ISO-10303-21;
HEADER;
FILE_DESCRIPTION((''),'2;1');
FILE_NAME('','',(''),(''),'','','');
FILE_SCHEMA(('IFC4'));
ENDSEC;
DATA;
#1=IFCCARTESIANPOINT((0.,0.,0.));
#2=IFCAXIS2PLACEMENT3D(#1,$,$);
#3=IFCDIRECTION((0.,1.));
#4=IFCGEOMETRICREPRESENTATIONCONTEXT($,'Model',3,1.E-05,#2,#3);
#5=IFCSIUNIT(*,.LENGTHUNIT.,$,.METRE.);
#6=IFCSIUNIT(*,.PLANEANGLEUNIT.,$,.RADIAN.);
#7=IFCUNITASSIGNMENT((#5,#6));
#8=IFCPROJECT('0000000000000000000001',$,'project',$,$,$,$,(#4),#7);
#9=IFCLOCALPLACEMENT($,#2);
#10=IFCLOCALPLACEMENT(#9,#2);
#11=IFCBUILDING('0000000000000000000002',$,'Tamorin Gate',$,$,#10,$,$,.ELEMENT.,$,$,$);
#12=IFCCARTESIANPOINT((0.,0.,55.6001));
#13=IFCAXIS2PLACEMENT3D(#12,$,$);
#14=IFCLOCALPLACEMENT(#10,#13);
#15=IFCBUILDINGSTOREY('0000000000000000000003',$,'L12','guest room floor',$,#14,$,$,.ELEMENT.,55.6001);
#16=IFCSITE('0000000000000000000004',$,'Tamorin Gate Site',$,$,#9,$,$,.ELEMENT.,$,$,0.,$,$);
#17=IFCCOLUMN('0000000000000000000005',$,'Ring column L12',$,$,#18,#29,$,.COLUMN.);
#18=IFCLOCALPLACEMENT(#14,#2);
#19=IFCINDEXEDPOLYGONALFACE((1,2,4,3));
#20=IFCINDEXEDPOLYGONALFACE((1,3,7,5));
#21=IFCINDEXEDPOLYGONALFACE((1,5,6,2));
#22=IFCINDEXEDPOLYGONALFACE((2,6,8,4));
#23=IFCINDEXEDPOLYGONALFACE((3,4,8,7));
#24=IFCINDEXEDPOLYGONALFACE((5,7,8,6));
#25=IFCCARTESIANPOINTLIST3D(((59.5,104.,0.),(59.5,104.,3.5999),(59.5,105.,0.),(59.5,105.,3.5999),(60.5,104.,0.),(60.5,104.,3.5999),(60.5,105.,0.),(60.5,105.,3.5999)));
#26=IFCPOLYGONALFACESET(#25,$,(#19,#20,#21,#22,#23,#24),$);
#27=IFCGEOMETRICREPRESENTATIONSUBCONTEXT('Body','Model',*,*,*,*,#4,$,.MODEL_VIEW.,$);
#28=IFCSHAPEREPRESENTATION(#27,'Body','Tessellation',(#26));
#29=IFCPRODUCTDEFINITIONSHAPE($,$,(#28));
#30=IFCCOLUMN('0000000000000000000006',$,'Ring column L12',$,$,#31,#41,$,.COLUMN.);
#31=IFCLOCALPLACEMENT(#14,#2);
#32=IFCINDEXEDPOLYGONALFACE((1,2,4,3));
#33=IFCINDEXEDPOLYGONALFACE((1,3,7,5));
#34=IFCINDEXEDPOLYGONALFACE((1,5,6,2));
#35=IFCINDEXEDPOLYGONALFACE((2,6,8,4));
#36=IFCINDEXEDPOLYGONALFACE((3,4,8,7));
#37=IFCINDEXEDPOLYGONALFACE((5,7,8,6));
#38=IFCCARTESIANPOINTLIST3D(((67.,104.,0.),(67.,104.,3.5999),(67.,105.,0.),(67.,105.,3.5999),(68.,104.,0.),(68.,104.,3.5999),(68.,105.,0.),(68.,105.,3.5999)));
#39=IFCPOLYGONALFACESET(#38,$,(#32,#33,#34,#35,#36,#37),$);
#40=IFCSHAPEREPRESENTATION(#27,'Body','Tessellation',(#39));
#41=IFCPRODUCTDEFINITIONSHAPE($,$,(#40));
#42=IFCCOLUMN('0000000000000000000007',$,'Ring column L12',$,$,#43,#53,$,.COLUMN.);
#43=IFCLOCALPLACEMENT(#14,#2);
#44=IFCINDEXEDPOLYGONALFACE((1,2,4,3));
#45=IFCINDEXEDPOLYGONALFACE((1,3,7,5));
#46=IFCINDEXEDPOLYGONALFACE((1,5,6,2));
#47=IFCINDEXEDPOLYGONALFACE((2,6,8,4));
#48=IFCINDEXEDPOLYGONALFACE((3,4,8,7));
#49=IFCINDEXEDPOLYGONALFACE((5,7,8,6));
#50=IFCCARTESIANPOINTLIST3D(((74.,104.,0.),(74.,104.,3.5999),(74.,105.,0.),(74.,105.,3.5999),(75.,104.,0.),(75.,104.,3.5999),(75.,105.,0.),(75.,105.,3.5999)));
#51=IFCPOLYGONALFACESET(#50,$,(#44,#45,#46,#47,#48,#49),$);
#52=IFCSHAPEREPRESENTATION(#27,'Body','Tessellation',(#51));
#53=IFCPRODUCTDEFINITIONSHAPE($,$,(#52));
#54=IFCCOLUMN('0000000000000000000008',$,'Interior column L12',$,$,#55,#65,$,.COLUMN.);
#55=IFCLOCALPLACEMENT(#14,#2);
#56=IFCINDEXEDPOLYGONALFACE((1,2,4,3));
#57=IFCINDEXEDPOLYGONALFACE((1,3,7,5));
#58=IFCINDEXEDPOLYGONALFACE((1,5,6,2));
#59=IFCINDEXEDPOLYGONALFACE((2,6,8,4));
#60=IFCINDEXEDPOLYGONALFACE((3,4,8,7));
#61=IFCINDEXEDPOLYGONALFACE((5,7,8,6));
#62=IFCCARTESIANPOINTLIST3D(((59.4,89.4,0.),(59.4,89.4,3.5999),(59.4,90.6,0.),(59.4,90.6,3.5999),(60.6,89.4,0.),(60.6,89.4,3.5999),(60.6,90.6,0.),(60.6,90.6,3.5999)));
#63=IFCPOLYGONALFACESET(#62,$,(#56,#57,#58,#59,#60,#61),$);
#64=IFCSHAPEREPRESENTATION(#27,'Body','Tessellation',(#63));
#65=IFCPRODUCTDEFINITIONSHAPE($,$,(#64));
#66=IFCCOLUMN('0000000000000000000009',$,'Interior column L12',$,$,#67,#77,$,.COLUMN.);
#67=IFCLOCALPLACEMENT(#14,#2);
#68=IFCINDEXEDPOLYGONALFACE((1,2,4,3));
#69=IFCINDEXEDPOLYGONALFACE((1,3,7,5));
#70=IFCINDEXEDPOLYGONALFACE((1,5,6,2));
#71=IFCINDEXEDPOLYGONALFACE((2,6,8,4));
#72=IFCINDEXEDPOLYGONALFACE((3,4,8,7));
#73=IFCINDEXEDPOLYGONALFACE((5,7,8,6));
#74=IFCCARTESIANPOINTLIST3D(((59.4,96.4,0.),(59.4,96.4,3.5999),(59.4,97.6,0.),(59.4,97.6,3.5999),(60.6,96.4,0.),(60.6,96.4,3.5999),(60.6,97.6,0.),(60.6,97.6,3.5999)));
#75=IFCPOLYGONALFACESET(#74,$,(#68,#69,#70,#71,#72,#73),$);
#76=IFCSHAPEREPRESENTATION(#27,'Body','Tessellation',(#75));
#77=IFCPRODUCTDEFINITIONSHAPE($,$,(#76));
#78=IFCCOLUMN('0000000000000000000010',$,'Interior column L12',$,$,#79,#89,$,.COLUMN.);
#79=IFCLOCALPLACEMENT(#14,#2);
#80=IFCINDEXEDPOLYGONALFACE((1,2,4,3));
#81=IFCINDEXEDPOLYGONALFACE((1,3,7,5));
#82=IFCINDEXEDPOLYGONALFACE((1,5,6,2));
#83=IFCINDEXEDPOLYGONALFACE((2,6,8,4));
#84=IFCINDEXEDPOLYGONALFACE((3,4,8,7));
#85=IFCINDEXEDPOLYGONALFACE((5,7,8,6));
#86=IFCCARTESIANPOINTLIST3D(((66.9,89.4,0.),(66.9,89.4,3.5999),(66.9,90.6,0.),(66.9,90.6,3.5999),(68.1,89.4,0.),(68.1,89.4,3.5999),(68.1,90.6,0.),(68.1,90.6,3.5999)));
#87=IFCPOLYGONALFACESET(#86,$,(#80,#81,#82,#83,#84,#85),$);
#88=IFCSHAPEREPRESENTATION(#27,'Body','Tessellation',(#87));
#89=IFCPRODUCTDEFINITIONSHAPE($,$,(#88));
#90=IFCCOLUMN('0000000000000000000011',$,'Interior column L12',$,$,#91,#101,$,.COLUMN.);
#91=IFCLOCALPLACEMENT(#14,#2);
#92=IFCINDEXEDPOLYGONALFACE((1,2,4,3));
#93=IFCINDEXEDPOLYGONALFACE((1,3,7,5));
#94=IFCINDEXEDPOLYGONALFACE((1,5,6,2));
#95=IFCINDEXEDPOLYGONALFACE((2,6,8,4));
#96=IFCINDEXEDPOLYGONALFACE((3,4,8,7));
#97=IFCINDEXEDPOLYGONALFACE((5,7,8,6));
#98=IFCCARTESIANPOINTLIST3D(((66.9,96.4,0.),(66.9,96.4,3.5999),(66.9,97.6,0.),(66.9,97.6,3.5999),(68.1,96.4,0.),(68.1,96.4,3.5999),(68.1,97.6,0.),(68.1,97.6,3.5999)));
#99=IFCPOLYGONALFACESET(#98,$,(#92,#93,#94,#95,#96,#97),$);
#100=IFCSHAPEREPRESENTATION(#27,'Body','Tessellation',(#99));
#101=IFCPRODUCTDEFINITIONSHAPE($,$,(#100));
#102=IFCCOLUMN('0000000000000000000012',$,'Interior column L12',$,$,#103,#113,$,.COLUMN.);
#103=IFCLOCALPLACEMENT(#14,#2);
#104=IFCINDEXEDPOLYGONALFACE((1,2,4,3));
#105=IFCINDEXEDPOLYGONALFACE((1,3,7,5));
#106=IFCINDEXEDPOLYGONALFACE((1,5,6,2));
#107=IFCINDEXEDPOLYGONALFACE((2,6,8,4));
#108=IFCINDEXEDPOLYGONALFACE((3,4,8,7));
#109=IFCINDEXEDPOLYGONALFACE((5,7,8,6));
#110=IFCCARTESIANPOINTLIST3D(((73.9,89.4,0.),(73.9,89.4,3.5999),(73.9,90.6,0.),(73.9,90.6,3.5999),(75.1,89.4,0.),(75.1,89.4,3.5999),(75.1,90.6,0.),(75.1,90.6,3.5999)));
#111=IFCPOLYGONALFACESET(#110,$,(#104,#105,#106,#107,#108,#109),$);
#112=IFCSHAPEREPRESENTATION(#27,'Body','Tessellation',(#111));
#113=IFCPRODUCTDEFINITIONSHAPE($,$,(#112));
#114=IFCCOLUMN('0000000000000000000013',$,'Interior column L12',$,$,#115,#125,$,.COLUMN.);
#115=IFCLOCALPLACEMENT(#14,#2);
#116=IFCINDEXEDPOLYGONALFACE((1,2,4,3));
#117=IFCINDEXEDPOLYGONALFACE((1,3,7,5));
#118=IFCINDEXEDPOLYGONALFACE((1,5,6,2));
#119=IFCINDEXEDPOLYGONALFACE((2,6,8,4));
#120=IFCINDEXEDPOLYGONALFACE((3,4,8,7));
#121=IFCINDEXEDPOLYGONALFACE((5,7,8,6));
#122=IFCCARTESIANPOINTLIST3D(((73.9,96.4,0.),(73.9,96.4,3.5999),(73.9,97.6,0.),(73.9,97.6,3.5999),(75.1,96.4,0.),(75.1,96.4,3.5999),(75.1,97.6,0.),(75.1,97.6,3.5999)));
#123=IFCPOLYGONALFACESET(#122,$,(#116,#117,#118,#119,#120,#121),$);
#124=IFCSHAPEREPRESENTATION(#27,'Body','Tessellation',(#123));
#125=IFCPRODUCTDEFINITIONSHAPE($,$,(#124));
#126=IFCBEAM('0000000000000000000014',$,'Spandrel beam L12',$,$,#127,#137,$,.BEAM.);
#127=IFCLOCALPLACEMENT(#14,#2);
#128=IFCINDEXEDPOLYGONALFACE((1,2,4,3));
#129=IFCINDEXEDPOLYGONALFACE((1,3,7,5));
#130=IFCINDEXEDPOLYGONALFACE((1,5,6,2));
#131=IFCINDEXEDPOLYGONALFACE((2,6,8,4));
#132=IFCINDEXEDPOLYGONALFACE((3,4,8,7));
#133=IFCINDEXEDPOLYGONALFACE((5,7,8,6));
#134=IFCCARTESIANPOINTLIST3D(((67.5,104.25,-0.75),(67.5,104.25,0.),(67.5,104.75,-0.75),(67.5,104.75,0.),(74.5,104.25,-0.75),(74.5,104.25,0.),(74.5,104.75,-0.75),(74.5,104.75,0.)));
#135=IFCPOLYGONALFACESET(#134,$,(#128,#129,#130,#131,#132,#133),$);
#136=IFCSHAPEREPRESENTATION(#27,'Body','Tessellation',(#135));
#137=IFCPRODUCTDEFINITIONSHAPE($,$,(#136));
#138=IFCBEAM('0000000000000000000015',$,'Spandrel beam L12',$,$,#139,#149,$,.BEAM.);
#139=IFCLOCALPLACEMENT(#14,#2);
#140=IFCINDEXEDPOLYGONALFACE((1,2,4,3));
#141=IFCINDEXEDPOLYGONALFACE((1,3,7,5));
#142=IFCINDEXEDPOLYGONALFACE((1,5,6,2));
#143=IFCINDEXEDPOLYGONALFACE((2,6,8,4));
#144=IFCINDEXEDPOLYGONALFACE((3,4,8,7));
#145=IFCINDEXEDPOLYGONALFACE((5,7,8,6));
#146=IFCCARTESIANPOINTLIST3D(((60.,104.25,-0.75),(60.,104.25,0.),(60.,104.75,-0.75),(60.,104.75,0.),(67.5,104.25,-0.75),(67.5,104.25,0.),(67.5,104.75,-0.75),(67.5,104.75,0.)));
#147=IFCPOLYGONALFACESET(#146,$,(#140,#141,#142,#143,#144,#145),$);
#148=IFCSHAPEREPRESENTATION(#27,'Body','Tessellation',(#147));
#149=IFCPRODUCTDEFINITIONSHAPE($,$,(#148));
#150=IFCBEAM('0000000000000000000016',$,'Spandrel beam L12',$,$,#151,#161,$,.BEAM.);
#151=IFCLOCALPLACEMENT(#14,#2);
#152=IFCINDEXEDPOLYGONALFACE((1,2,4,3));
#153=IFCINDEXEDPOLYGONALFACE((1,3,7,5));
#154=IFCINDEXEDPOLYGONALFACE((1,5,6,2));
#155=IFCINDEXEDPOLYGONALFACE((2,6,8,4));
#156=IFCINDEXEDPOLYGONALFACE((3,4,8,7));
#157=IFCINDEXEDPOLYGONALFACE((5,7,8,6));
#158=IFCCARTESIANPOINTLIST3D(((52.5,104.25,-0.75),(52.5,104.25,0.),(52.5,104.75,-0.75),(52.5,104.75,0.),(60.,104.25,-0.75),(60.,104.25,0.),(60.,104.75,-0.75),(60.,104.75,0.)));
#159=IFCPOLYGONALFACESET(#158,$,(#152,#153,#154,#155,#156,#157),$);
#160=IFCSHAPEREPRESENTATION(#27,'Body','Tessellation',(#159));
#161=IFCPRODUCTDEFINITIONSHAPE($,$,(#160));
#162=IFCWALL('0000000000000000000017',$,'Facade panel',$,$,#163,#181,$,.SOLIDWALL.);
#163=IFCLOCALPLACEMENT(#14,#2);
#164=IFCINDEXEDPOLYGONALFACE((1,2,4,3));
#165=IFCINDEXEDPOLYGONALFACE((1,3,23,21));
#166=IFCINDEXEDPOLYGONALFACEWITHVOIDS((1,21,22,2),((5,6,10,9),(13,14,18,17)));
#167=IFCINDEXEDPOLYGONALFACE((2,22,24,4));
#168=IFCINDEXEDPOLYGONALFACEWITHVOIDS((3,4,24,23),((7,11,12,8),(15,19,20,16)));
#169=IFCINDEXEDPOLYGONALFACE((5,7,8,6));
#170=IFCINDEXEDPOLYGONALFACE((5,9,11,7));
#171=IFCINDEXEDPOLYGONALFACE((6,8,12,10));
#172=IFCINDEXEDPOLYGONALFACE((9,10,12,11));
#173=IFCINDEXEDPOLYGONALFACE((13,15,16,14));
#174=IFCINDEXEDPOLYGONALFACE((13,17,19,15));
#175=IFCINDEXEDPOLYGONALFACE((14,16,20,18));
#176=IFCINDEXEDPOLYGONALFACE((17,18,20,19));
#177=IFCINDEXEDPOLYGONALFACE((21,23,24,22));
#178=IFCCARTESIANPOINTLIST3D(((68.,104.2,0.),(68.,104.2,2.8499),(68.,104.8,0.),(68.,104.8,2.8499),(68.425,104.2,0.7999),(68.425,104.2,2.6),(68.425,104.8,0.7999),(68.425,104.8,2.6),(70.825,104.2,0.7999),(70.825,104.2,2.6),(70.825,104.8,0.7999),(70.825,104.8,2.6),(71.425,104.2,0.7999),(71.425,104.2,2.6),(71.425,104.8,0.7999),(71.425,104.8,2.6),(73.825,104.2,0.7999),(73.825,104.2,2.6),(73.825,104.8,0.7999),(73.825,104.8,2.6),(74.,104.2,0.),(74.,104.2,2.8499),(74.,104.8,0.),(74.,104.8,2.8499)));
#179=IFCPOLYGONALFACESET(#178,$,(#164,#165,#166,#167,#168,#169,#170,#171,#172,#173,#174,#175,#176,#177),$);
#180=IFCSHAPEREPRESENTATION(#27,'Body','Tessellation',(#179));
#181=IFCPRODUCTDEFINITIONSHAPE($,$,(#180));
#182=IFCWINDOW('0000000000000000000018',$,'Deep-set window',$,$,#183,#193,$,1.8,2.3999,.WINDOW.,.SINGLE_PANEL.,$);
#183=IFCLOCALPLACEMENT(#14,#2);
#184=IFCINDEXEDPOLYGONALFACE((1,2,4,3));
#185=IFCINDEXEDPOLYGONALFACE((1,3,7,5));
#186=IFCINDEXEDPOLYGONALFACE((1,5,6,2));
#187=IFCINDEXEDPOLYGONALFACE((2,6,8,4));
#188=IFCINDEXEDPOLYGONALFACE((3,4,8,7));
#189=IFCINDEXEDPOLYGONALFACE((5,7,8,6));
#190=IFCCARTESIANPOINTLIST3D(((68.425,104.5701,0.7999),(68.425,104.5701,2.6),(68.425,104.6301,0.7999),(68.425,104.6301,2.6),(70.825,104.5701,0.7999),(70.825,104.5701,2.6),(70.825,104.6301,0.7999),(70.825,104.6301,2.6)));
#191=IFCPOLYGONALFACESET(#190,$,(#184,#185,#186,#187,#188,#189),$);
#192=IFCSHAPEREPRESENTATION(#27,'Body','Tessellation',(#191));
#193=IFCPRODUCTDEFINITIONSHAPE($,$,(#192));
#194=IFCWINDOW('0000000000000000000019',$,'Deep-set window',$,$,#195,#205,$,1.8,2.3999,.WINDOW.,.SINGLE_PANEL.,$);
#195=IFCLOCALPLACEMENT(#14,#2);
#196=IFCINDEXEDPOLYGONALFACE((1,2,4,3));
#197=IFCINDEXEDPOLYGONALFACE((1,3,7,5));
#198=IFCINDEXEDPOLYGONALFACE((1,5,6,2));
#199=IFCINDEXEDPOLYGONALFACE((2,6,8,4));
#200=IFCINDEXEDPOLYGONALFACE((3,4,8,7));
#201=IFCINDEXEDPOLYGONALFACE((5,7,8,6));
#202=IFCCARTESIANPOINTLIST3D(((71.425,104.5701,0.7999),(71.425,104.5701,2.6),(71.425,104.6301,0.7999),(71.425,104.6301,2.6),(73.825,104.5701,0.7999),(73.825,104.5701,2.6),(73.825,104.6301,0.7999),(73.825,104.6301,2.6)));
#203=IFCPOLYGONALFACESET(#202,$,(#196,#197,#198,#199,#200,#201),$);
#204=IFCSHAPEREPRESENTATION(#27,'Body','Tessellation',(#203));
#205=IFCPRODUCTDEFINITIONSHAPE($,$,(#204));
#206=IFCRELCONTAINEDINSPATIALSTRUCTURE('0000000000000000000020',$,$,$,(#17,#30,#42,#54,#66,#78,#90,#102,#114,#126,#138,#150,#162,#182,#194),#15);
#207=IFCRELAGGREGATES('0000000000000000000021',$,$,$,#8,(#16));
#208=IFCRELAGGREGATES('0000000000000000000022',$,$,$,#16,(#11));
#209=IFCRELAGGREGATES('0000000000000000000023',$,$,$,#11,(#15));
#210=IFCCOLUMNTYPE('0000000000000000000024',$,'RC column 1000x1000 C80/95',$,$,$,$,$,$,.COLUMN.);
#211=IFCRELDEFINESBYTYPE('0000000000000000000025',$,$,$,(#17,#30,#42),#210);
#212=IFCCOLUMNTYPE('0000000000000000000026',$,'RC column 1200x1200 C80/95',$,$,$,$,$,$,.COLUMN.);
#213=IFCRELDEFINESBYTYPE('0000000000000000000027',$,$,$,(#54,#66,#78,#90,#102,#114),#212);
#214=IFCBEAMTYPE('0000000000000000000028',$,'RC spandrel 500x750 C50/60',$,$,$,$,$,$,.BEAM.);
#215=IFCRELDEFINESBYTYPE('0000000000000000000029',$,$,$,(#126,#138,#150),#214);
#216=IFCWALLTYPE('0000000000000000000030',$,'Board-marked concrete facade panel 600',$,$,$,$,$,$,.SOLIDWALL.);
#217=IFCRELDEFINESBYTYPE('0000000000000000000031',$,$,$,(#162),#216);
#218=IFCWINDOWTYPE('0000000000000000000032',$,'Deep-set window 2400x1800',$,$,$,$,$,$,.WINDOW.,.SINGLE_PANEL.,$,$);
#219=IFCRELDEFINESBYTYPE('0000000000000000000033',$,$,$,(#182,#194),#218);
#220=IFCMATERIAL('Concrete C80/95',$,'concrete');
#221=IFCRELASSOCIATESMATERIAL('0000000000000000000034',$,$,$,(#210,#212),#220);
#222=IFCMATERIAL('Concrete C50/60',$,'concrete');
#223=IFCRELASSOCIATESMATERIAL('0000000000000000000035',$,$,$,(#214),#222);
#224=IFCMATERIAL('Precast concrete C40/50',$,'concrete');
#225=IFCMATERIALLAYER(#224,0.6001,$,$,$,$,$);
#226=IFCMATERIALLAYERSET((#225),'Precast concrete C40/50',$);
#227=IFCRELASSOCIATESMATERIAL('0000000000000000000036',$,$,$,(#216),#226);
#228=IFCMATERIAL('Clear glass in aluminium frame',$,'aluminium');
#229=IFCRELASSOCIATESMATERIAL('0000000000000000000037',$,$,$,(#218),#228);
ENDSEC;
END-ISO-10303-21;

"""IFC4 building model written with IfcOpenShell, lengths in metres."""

from ifc_helpers import new_model, si_unit, direction, frame, frame_2d, origin, origin_2d, place, context, subcontext, project, spatial, rectangle, extrude, material, layer, layer_set, material_profile, profile_set, type_object, element, fill, save


model = new_model("IFC4")

# Units and contexts
model_context = context("Model", 3, precision=1e-05, world=origin(), true_north=direction((0.0, 1.0)))
body_context = subcontext(model_context, "Body", "Model", "MODEL_VIEW")
ifc_project = project(units=[si_unit("LENGTHUNIT", "METRE"), si_unit("PLANEANGLEUNIT", "RADIAN")], contexts=[model_context])

# Site, building, storey
site_placement = place(None, origin())
site = spatial("IfcSite", under=ifc_project, at=site_placement, Name="Tamorin Gate Site", CompositionType="ELEMENT", RefElevation=0.0)
building_placement = place(site_placement, origin())
building = spatial("IfcBuilding", under=site, at=building_placement, Name="Tamorin Gate", CompositionType="ELEMENT")
storey_placement = place(building_placement, frame((0.0, 0.0, 55.6001)))
storey = spatial("IfcBuildingStorey", under=building, at=storey_placement, Name="L12", Description="guest room floor", CompositionType="ELEMENT", Elevation=55.6001)

# Columns
ifc_material_1 = material(Name="Concrete C80/95", Category="concrete")
ifc_material_profile_1 = material_profile(ifc_material_1, rectangle(XDim=1.0, YDim=1.0, at=origin_2d()), Name="RC 1000x1000")
ifc_profile_set_1 = profile_set([ifc_material_profile_1], Name="Concrete C80/95")
column_type_1 = type_object("IfcColumnType", Name="RC column 1000x1000 C80/95", PredefinedType="COLUMN", material=ifc_profile_set_1)
for number, where, z_axis, x_axis, name in (
    (1, (60.0, 104.5, 0.0), (0.0, 0.0, 1.0), (1.0, 0.0, 0.0), "Ring column L12"),
    (2, (67.5, 104.5, 0.0), (0.0, 0.0, 1.0), (1.0, 0.0, 0.0), "Ring column L12"),
    (3, (74.5, 104.5, 0.0), (0.0, 0.0, 1.0), (1.0, 0.0, 0.0), "Ring column L12"),
):
    element("IfcColumn", number, at=place(storey_placement, frame(where, z_axis=z_axis, x_axis=x_axis)), inside=storey, type_object=column_type_1, Name=name, PredefinedType="COLUMN", context=body_context, shape_type="SweptSolid", body=[
        extrude(rectangle(XDim=1.0, YDim=1.0, at=origin_2d()), origin(), (0.0, 0.0, 1.0), 3.5999),
    ])
ifc_material_profile_2 = material_profile(ifc_material_1, rectangle(XDim=1.2, YDim=1.2, at=origin_2d()), Name="RC 1200x1200")
ifc_profile_set_2 = profile_set([ifc_material_profile_2], Name="Concrete C80/95")
column_type_2 = type_object("IfcColumnType", Name="RC column 1200x1200 C80/95", PredefinedType="COLUMN", material=ifc_profile_set_2)
for number, where, z_axis, x_axis, name in (
    (4, (60.0, 90.0, 0.0), (0.0, 0.0, 1.0), (1.0, 0.0, 0.0), "Interior column L12"),
    (5, (60.0, 97.0, 0.0), (0.0, 0.0, 1.0), (1.0, 0.0, 0.0), "Interior column L12"),
    (6, (67.5, 90.0, 0.0), (0.0, 0.0, 1.0), (1.0, 0.0, 0.0), "Interior column L12"),
    (7, (67.5, 97.0, 0.0), (0.0, 0.0, 1.0), (1.0, 0.0, 0.0), "Interior column L12"),
    (8, (74.5, 90.0, 0.0), (0.0, 0.0, 1.0), (1.0, 0.0, 0.0), "Interior column L12"),
    (9, (74.5, 97.0, 0.0), (0.0, 0.0, 1.0), (1.0, 0.0, 0.0), "Interior column L12"),
):
    element("IfcColumn", number, at=place(storey_placement, frame(where, z_axis=z_axis, x_axis=x_axis)), inside=storey, type_object=column_type_2, Name=name, PredefinedType="COLUMN", context=body_context, shape_type="SweptSolid", body=[
        extrude(rectangle(XDim=1.2, YDim=1.2, at=origin_2d()), origin(), (0.0, 0.0, 1.0), 3.5999),
    ])

# Beams
ifc_material_2 = material(Name="Concrete C50/60", Category="concrete")
ifc_material_profile_3 = material_profile(ifc_material_2, rectangle(XDim=0.5, YDim=0.75, at=origin_2d()), Name="RC 500x750")
ifc_profile_set_3 = profile_set([ifc_material_profile_3], Name="Concrete C50/60")
beam_type = type_object("IfcBeamType", Name="RC spandrel 500x750 C50/60", PredefinedType="BEAM", material=ifc_profile_set_3)
beam_placement = place(storey_placement, frame((74.5, 104.5, -0.375), z_axis=(-1.0, 0.0, 0.0), x_axis=(0.0, -1.0, 0.0)))
element("IfcBeam", 10, at=beam_placement, inside=storey, type_object=beam_type, Name="Spandrel beam L12", PredefinedType="BEAM", context=body_context, shape_type="SweptSolid", body=[
    extrude(rectangle(XDim=0.5, YDim=0.75, at=origin_2d()), origin(), (0.0, 0.0, 1.0), 7.0),
])
for number, where, z_axis, x_axis, name in (
    (11, (67.5, 104.5, -0.375), (-1.0, 0.0, 0.0), (0.0, -1.0, 0.0), "Spandrel beam L12"),
    (12, (60.0, 104.5, -0.375), (-1.0, 0.0, 0.0), (0.0, -1.0, 0.0), "Spandrel beam L12"),
):
    element("IfcBeam", number, at=place(storey_placement, frame(where, z_axis=z_axis, x_axis=x_axis)), inside=storey, type_object=beam_type, Name=name, PredefinedType="BEAM", context=body_context, shape_type="SweptSolid", body=[
        extrude(rectangle(XDim=0.5, YDim=0.75, at=origin_2d()), origin(), (0.0, 0.0, 1.0), 7.5),
    ])

# Wall, openings, windows
ifc_material_3 = material(Name="Precast concrete C40/50", Category="concrete")
ifc_layer_1 = layer(ifc_material_3, 0.6001)
ifc_layer_set_1 = layer_set([ifc_layer_1], Name="Precast concrete C40/50")
wall_type_1 = type_object("IfcWallType", Name="Board-marked concrete facade panel 600", PredefinedType="SOLIDWALL", material=ifc_layer_set_1)
wall_1_placement = place(storey_placement, frame((74.0, 104.5, 0.0), z_axis=(0.0, 0.0, 1.0), x_axis=(-1.0, 0.0, 0.0)))
wall_1 = element("IfcWall", 13, at=wall_1_placement, inside=storey, type_object=wall_type_1, Name="Facade panel", PredefinedType="SOLIDWALL", context=body_context, shape_type="SweptSolid", body=[
    extrude(rectangle(XDim=6.0, YDim=0.6001, at=frame_2d((3.0, 0.0))), origin(), (0.0, 0.0, 1.0), 2.8499),
])
opening_1_placement = place(wall_1_placement, frame((3.175, 0.0, 0.8)))
opening_1 = element("IfcOpeningElement", 14, at=opening_1_placement, cuts=wall_1, PredefinedType="OPENING", context=body_context, shape_type="SweptSolid", body=[
    extrude(rectangle(XDim=2.3999, YDim=1.8, at=frame_2d((1.2, 0.8999))), frame((0.0, 0.3101, 0.0), z_axis=(0.0, -1.0, 0.0), x_axis=(1.0, 0.0, 0.0)), (0.0, 0.0, 1.0), 0.6201),
])
opening_2_placement = place(wall_1_placement, frame((0.175, 0.0, 0.8)))
opening_2 = element("IfcOpeningElement", 15, at=opening_2_placement, cuts=wall_1, PredefinedType="OPENING", context=body_context, shape_type="SweptSolid", body=[
    extrude(rectangle(XDim=2.3999, YDim=1.8, at=frame_2d((1.2, 0.8999))), frame((0.0, 0.3101, 0.0), z_axis=(0.0, -1.0, 0.0), x_axis=(1.0, 0.0, 0.0)), (0.0, 0.0, 1.0), 0.6201),
])
ifc_material_4 = material(Name="Clear glass in aluminium frame", Category="aluminium")
window_type = type_object("IfcWindowType", Name="Deep-set window 2400x1800", PartitioningType="SINGLE_PANEL", PredefinedType="WINDOW", material=ifc_material_4)
window_1_placement = place(opening_1_placement, origin())
window_1 = element("IfcWindow", 16, at=window_1_placement, inside=storey, type_object=window_type, Name="Deep-set window", OverallHeight=1.8, OverallWidth=2.3999, PartitioningType="SINGLE_PANEL", PredefinedType="WINDOW", context=body_context, shape_type="SweptSolid", body=[
    extrude(rectangle(XDim=2.3999, YDim=1.8, at=frame_2d((1.2, 0.8999))), frame((0.0, -0.0701, 0.0), z_axis=(0.0, -1.0, 0.0), x_axis=(1.0, 0.0, 0.0)), (0.0, 0.0, 1.0), 0.0601),
])
fill(opening_1, window_1)
window_2_placement = place(opening_2_placement, origin())
window_2 = element("IfcWindow", 17, at=window_2_placement, inside=storey, type_object=window_type, Name="Deep-set window", OverallHeight=1.8, OverallWidth=2.3999, PartitioningType="SINGLE_PANEL", PredefinedType="WINDOW", context=body_context, shape_type="SweptSolid", body=[
    extrude(rectangle(XDim=2.3999, YDim=1.8, at=frame_2d((1.2, 0.8999))), frame((0.0, -0.0701, 0.0), z_axis=(0.0, -1.0, 0.0), x_axis=(1.0, 0.0, 0.0)), (0.0, 0.0, 1.0), 0.0601),
])
fill(opening_2, window_2)

save(model, "model.ifc")
